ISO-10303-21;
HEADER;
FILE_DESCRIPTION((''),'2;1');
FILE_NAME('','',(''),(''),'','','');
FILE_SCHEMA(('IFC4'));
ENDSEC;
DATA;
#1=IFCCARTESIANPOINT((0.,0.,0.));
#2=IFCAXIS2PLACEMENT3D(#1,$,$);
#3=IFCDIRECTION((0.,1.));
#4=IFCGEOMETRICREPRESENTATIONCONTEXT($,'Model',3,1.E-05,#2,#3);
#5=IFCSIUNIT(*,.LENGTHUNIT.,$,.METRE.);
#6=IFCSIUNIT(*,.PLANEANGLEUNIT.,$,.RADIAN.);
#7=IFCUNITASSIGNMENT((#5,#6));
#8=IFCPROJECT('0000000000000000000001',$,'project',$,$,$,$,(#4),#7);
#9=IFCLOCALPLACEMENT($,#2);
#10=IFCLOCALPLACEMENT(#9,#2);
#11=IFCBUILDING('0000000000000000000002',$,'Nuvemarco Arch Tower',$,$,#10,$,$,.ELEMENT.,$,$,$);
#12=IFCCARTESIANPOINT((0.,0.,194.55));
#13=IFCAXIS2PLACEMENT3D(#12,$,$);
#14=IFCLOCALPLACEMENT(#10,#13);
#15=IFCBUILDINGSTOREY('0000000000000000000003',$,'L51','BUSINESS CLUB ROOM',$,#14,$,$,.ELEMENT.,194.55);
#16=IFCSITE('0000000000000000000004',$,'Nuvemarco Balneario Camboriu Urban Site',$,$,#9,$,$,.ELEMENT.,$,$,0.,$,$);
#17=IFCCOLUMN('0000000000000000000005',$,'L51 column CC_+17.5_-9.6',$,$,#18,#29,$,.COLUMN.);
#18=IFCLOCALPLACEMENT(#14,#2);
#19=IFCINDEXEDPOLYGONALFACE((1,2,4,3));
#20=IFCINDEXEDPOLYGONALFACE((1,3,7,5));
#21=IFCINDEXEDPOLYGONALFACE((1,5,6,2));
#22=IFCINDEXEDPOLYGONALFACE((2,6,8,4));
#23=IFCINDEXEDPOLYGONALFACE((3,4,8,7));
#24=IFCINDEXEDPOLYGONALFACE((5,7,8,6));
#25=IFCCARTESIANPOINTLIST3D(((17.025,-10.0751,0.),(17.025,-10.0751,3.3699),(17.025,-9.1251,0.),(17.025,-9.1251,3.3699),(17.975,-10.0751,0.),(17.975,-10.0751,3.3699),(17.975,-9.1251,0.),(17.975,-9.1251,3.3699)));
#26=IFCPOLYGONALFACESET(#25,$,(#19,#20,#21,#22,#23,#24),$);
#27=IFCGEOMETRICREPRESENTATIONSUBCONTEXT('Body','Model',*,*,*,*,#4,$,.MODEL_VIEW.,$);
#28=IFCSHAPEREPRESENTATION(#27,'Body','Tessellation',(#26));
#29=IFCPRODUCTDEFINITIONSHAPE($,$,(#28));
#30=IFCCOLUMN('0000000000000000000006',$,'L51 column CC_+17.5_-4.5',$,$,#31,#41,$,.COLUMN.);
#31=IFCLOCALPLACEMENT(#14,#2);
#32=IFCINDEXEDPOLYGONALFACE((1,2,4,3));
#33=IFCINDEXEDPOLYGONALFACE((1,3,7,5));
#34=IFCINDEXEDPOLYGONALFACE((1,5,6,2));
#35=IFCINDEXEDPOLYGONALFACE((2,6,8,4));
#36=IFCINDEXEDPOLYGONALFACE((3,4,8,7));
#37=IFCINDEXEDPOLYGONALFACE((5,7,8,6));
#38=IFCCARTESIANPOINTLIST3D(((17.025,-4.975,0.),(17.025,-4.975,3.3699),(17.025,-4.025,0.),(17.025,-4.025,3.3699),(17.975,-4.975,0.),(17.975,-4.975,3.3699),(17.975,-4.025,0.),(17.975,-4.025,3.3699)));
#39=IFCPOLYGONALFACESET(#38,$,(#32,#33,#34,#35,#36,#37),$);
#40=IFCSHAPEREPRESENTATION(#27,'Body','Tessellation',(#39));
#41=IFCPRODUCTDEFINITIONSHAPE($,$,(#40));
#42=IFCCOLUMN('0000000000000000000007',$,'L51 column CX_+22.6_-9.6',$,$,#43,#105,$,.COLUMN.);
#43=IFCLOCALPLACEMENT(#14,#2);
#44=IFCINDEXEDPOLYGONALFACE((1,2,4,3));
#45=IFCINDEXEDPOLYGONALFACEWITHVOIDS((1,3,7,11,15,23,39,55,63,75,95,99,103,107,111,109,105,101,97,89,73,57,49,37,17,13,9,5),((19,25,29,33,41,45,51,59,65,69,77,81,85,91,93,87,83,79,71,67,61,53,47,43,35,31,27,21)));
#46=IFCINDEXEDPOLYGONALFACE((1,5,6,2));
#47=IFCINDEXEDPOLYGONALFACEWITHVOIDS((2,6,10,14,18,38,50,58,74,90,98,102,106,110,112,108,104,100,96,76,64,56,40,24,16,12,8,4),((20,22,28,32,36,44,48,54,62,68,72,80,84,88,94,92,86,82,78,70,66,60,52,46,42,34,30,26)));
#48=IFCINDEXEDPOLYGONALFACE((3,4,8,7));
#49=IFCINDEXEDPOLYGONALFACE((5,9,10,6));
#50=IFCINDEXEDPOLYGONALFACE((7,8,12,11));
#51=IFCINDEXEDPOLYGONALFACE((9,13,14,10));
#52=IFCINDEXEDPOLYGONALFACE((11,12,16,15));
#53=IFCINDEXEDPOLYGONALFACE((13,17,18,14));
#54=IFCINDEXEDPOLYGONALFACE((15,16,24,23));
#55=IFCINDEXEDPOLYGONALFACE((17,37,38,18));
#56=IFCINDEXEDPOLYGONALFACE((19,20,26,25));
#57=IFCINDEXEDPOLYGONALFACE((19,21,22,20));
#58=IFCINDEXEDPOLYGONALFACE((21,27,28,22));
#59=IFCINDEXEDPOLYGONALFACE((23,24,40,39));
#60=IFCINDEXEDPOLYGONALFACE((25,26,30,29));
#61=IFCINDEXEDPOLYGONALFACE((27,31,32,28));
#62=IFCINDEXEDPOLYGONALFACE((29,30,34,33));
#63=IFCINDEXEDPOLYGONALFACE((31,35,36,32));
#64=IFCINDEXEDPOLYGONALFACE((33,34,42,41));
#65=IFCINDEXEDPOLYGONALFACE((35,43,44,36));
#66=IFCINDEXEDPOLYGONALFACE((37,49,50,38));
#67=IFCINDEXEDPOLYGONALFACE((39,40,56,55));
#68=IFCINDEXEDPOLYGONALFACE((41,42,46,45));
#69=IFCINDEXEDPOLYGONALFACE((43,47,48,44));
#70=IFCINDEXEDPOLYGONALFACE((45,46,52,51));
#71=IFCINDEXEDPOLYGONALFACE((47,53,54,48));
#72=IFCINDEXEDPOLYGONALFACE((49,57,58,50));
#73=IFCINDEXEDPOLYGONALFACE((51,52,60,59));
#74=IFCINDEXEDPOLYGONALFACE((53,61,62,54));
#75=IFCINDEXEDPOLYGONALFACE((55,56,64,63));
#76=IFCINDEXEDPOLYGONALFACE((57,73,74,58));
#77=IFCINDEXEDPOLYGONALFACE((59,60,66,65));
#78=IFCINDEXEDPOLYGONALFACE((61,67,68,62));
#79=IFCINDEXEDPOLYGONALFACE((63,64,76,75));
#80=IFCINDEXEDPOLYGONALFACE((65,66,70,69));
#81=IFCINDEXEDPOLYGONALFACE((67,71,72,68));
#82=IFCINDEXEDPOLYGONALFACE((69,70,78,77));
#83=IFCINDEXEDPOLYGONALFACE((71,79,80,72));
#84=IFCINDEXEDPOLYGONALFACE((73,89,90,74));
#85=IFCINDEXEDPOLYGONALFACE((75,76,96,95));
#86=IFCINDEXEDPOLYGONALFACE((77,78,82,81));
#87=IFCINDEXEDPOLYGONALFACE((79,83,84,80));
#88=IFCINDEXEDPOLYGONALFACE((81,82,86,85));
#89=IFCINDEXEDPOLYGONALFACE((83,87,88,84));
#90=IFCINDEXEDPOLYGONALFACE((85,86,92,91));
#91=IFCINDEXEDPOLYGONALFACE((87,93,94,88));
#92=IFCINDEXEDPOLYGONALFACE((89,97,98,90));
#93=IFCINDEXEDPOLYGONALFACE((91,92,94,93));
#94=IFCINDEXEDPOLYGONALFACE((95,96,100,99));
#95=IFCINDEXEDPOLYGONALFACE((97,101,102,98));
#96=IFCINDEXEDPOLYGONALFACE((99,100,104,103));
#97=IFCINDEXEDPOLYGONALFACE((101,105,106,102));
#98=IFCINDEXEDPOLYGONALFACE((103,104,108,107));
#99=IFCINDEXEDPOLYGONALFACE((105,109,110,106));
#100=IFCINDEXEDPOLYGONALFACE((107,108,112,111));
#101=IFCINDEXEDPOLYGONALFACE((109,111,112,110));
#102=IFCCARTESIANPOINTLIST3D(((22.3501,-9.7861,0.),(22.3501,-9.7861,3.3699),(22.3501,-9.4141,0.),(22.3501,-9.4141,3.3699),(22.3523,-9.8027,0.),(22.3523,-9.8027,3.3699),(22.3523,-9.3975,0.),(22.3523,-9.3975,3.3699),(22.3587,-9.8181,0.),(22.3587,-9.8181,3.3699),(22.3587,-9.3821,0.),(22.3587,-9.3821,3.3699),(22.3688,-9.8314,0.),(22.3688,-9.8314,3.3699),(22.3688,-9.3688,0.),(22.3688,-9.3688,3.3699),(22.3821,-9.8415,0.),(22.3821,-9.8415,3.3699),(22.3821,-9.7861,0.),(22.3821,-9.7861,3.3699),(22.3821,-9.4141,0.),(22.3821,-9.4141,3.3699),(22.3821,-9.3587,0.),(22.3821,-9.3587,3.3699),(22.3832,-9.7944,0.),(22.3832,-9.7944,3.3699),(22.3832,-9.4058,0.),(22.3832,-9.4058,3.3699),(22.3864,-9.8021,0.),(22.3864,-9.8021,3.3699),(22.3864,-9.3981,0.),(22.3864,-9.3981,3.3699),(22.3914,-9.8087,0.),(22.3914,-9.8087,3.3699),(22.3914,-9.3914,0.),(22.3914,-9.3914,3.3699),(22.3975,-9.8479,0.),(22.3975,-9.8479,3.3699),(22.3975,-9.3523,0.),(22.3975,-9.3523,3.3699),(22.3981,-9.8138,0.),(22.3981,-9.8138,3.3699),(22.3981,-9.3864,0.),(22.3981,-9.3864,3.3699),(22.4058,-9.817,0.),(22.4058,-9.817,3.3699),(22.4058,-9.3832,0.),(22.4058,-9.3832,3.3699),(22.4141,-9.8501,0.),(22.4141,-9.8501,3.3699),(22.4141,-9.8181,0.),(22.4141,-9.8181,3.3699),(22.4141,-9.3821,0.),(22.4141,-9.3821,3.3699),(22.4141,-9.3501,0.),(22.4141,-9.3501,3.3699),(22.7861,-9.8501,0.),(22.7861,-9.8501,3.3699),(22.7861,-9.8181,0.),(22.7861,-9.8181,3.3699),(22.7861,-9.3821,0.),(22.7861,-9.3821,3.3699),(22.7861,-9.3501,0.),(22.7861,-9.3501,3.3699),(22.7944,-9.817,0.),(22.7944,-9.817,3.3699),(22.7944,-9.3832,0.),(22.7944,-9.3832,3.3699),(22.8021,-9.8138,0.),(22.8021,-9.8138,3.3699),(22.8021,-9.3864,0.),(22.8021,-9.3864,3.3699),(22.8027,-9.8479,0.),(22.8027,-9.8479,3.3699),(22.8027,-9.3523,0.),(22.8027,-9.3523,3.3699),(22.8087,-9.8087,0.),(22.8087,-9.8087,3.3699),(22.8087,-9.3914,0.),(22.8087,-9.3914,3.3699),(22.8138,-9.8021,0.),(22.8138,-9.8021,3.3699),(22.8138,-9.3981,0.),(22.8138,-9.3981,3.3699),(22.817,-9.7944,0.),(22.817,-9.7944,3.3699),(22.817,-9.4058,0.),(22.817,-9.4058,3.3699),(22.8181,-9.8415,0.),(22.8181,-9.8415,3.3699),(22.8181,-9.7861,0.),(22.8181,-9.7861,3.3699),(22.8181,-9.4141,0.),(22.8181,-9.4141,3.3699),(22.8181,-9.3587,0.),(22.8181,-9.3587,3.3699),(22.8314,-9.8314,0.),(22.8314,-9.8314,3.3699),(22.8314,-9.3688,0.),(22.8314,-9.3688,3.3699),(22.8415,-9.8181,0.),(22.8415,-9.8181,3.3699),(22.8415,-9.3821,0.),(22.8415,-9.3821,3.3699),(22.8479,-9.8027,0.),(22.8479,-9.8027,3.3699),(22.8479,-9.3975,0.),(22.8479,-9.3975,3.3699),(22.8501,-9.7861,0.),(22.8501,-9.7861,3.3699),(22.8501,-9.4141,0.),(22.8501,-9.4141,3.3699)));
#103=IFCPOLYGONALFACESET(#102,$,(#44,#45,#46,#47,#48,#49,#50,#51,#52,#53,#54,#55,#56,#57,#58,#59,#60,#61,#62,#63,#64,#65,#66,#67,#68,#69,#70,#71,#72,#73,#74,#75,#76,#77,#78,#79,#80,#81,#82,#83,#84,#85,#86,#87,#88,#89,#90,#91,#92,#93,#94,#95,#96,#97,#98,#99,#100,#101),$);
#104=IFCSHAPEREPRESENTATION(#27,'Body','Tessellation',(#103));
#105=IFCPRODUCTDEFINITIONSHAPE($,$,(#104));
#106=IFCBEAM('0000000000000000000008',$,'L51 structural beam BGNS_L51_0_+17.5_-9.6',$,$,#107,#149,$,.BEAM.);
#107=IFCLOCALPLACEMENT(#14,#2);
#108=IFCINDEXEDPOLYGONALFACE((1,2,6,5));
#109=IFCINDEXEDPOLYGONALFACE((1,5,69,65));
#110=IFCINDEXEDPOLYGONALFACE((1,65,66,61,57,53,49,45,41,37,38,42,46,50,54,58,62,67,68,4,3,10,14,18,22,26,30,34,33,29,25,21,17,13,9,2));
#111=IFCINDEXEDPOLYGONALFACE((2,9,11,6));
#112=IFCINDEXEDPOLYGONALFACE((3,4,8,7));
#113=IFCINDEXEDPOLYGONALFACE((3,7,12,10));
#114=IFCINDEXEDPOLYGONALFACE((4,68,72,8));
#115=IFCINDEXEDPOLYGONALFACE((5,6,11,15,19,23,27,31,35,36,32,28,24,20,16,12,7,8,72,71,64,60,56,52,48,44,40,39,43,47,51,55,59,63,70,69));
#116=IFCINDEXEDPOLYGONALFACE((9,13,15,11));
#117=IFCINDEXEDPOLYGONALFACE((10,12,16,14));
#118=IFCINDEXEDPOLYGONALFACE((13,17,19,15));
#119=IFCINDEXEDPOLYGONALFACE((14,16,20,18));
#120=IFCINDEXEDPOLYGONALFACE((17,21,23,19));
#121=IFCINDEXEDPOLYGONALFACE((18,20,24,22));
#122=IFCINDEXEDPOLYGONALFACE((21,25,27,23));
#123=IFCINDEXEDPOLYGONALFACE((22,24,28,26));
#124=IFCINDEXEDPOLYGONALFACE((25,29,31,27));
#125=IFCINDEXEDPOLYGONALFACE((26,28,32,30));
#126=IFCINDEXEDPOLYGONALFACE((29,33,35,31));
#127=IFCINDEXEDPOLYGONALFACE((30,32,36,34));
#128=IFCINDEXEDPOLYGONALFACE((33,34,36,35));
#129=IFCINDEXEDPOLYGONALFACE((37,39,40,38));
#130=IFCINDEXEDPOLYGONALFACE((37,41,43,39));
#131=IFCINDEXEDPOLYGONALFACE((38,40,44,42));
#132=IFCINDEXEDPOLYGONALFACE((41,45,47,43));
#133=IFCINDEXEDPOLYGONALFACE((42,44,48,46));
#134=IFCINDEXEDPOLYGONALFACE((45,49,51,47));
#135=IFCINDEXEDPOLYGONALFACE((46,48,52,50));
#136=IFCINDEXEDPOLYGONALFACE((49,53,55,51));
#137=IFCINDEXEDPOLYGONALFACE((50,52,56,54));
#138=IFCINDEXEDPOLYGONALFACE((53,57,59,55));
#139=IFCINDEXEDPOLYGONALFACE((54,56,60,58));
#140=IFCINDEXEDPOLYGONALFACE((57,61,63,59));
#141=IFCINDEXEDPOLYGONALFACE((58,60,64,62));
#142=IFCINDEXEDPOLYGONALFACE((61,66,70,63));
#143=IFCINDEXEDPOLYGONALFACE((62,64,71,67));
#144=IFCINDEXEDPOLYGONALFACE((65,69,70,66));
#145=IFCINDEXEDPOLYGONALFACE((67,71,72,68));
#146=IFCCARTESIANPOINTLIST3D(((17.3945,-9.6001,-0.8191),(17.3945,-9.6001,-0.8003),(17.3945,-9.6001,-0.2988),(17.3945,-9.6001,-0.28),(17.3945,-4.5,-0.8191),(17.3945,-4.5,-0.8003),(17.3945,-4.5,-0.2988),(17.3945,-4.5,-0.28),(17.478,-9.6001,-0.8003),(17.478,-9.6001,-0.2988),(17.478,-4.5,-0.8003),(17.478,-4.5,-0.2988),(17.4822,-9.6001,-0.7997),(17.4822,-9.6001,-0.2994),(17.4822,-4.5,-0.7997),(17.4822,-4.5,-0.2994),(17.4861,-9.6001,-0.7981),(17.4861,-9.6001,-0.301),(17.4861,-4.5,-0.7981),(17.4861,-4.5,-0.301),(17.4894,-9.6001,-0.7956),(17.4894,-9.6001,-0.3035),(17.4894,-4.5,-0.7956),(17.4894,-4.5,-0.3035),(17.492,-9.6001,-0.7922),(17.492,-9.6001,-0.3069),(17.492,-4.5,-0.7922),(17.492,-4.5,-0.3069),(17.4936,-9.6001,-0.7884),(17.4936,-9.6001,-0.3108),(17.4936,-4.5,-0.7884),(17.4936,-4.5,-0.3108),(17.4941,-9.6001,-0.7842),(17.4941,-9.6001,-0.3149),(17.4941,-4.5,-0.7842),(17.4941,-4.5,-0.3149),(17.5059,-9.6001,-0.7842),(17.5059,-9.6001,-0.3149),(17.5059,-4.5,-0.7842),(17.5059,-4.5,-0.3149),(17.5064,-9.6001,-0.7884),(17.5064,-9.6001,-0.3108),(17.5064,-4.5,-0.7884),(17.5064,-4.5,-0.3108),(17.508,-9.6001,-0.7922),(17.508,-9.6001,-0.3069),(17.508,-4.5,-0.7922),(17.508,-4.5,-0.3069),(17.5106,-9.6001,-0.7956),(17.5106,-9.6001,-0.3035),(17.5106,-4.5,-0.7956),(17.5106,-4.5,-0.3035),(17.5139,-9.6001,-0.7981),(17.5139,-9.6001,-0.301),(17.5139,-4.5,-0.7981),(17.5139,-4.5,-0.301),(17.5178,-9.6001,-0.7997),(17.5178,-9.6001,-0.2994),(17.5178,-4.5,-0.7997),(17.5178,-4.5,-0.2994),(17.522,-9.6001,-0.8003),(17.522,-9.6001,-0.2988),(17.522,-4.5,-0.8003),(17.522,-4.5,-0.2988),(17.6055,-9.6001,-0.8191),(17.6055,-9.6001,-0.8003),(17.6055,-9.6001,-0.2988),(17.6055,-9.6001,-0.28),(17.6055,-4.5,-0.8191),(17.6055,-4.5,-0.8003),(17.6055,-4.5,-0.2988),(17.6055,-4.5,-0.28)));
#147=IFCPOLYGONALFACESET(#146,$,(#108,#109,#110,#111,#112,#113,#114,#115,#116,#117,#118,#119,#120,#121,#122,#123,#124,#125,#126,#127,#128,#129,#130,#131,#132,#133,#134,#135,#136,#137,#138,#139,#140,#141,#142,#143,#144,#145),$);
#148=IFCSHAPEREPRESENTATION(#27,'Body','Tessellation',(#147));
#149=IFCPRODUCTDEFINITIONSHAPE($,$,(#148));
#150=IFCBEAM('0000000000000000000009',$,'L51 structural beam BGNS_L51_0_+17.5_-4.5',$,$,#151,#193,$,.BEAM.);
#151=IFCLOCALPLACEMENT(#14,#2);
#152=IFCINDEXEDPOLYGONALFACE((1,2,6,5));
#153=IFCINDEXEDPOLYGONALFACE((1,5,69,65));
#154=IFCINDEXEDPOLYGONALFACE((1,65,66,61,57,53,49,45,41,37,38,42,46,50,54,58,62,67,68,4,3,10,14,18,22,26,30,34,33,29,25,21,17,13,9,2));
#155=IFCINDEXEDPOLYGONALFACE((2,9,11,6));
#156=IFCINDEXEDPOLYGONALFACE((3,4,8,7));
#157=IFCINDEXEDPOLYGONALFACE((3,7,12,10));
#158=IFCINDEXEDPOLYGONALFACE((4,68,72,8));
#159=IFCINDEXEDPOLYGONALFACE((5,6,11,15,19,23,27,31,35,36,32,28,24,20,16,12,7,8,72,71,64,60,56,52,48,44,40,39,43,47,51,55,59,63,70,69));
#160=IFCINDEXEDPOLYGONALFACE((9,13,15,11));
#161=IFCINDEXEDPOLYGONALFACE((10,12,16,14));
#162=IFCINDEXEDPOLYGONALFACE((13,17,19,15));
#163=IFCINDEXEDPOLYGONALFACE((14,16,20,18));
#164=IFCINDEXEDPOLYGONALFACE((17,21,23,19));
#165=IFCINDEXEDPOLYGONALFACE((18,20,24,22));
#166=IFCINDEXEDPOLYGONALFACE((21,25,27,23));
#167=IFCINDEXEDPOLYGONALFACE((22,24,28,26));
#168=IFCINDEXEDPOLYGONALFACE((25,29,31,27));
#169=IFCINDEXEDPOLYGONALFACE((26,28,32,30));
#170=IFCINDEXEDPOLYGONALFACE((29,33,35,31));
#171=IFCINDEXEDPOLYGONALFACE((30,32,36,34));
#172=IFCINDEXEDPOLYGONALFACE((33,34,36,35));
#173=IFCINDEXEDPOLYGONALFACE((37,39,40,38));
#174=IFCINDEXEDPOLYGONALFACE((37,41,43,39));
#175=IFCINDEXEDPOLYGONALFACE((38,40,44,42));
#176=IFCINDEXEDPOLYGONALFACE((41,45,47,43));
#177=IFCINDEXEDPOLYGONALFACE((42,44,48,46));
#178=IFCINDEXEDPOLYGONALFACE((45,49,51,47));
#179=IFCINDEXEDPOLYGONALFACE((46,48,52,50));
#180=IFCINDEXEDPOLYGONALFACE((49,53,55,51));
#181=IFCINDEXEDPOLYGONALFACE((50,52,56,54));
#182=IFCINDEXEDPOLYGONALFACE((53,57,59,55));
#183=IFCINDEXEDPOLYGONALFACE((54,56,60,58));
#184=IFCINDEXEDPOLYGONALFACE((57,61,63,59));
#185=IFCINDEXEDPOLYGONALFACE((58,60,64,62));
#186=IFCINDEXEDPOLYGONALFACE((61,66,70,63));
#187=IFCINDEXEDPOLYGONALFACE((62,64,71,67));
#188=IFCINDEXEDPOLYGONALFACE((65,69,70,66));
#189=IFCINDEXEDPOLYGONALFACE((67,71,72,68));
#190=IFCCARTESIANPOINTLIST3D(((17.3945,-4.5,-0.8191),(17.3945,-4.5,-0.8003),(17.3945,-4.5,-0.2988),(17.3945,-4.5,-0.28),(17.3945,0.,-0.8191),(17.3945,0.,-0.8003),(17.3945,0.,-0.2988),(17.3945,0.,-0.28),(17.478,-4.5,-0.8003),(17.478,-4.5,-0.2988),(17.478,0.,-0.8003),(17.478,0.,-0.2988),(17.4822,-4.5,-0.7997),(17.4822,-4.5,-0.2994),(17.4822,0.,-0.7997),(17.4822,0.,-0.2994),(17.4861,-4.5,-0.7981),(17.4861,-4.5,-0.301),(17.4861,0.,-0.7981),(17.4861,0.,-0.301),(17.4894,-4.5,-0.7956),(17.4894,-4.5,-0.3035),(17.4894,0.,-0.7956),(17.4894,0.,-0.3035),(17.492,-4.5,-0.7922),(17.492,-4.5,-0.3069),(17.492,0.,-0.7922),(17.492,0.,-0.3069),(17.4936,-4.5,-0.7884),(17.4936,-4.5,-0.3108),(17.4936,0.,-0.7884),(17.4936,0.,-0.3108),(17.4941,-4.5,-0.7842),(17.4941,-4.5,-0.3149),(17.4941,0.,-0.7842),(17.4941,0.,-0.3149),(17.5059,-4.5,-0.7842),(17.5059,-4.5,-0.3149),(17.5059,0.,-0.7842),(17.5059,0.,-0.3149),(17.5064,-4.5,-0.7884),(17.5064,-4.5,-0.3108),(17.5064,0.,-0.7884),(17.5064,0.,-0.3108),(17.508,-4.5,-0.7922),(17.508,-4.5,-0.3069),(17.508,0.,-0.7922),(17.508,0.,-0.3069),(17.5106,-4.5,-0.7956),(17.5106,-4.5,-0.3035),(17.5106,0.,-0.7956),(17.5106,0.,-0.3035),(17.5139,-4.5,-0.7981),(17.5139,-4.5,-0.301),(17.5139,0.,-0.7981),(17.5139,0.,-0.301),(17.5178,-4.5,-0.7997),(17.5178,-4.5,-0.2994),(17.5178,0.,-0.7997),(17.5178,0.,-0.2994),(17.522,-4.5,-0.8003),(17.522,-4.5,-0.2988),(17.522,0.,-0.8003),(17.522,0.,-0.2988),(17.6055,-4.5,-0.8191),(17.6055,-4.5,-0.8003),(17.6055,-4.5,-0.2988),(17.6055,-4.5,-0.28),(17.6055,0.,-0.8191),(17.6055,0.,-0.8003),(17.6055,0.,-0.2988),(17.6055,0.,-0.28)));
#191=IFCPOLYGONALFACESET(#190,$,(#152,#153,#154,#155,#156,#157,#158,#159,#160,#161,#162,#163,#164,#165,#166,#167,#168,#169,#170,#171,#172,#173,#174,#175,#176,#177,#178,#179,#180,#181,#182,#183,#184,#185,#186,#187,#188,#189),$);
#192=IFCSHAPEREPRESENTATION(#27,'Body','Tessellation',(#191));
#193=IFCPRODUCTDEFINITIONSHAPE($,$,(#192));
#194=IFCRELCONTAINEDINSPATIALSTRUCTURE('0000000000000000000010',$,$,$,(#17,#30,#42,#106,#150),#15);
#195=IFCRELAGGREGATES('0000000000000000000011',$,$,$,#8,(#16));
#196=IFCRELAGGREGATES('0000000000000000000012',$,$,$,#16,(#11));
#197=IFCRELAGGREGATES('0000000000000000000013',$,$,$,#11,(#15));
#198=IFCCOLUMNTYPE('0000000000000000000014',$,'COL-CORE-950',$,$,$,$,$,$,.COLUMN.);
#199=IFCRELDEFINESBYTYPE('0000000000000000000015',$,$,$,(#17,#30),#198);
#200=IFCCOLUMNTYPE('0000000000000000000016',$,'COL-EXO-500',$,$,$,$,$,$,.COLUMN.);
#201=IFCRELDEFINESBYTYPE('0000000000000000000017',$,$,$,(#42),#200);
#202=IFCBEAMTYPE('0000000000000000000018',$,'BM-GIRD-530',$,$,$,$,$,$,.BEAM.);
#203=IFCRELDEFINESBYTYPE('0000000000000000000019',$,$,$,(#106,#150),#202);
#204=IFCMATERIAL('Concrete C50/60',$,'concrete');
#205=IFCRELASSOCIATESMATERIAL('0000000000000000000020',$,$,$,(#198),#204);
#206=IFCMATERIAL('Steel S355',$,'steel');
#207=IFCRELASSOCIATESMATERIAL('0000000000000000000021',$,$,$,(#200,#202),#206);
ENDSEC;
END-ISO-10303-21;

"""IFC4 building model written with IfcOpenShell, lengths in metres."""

from ifc_helpers import new_model, si_unit, direction, frame, origin, origin_2d, place, context, subcontext, project, spatial, rectangle, hollow_rectangle, i_section, extrude, material, material_profile, profile_set, type_object, element, save


model = new_model("IFC4")

# Units and contexts
model_context = context("Model", 3, precision=1e-05, world=origin(), true_north=direction((0.0, 1.0)))
body_context = subcontext(model_context, "Body", "Model", "MODEL_VIEW")
ifc_project = project(units=[si_unit("LENGTHUNIT", "METRE"), si_unit("PLANEANGLEUNIT", "RADIAN")], contexts=[model_context])

# Site, building, storey
site_placement = place(None, origin())
site = spatial("IfcSite", under=ifc_project, at=site_placement, Name="Nuvemarco Balneario Camboriu Urban Site", CompositionType="ELEMENT", RefElevation=0.0)
building_placement = place(site_placement, origin())
building = spatial("IfcBuilding", under=site, at=building_placement, Name="Nuvemarco Arch Tower", CompositionType="ELEMENT")
storey_placement = place(building_placement, frame((0.0, 0.0, 194.55)))
storey = spatial("IfcBuildingStorey", under=building, at=storey_placement, Name="L51", Description="BUSINESS CLUB ROOM", CompositionType="ELEMENT", Elevation=194.55)

# Columns
ifc_material_1 = material(Name="Concrete C50/60", Category="concrete")
ifc_material_profile_1 = material_profile(ifc_material_1, rectangle(XDim=0.95, YDim=0.95, at=origin_2d()), Name="RC-COL-950x950")
ifc_profile_set_1 = profile_set([ifc_material_profile_1], Name="Concrete C50/60")
column_type_1 = type_object("IfcColumnType", Name="COL-CORE-950", PredefinedType="COLUMN", material=ifc_profile_set_1)
for number, where, z_axis, x_axis, name in (
    (1, (17.5, -9.6001, 0.0), (0.0, 0.0, 1.0), (1.0, 0.0, 0.0), "L51 column CC_+17.5_-9.6"),
    (2, (17.5, -4.5, 0.0), (0.0, 0.0, 1.0), (1.0, 0.0, 0.0), "L51 column CC_+17.5_-4.5"),
):
    element("IfcColumn", number, at=place(storey_placement, frame(where, z_axis=z_axis, x_axis=x_axis)), inside=storey, type_object=column_type_1, Name=name, PredefinedType="COLUMN", context=body_context, shape_type="SweptSolid", body=[
        extrude(rectangle(XDim=0.95, YDim=0.95, at=origin_2d()), origin(), (0.0, 0.0, 1.0), 3.3699),
    ])
ifc_material_2 = material(Name="Steel S355", Category="steel")
ifc_material_profile_2 = material_profile(ifc_material_2, hollow_rectangle(XDim=0.5, YDim=0.5, WallThickness=0.032, InnerFilletRadius=0.032, OuterFilletRadius=0.064, at=origin_2d()), Name="SHS500x500x32")
ifc_profile_set_2 = profile_set([ifc_material_profile_2], Name="Steel S355")
column_type_2 = type_object("IfcColumnType", Name="COL-EXO-500", PredefinedType="COLUMN", material=ifc_profile_set_2)
column_placement = place(storey_placement, frame((22.6001, -9.6001, 0.0), z_axis=(0.0, 0.0, 1.0), x_axis=(1.0, 0.0, 0.0)))
element("IfcColumn", 3, at=column_placement, inside=storey, type_object=column_type_2, Name="L51 column CX_+22.6_-9.6", PredefinedType="COLUMN", context=body_context, shape_type="SweptSolid", body=[
    extrude(hollow_rectangle(XDim=0.5, YDim=0.5, WallThickness=0.032, InnerFilletRadius=0.032, OuterFilletRadius=0.064, at=origin_2d()), origin(), (0.0, 0.0, 1.0), 3.3699),
])

# Beams
ifc_material_profile_3 = material_profile(ifc_material_2, i_section(OverallWidth=0.2109, OverallDepth=0.5391, WebThickness=0.0117, FlangeThickness=0.0188, FilletRadius=0.0161, at=origin_2d()), Name="W530x109")
ifc_profile_set_3 = profile_set([ifc_material_profile_3], Name="Steel S355")
beam_type_1 = type_object("IfcBeamType", Name="BM-GIRD-530", PredefinedType="BEAM", material=ifc_profile_set_3)
beam_1_placement = place(storey_placement, frame((17.5, -9.6001, -0.5496), z_axis=(0.0, 1.0, 0.0), x_axis=(-1.0, 0.0, 0.0)))
element("IfcBeam", 4, at=beam_1_placement, inside=storey, type_object=beam_type_1, Name="L51 structural beam BGNS_L51_0_+17.5_-9.6", PredefinedType="BEAM", context=body_context, shape_type="SweptSolid", body=[
    extrude(i_section(OverallWidth=0.2109, OverallDepth=0.5391, WebThickness=0.0117, FlangeThickness=0.0188, FilletRadius=0.0161, at=origin_2d()), origin(), (0.0, 0.0, 1.0), 5.1001),
])
beam_2_placement = place(storey_placement, frame((17.5, -4.5, -0.5496), z_axis=(0.0, 1.0, 0.0), x_axis=(-1.0, 0.0, 0.0)))
element("IfcBeam", 5, at=beam_2_placement, inside=storey, type_object=beam_type_1, Name="L51 structural beam BGNS_L51_0_+17.5_-4.5", PredefinedType="BEAM", context=body_context, shape_type="SweptSolid", body=[
    extrude(i_section(OverallWidth=0.2109, OverallDepth=0.5391, WebThickness=0.0117, FlangeThickness=0.0188, FilletRadius=0.0161, at=origin_2d()), origin(), (0.0, 0.0, 1.0), 4.5),
])

save(model, "model.ifc")
